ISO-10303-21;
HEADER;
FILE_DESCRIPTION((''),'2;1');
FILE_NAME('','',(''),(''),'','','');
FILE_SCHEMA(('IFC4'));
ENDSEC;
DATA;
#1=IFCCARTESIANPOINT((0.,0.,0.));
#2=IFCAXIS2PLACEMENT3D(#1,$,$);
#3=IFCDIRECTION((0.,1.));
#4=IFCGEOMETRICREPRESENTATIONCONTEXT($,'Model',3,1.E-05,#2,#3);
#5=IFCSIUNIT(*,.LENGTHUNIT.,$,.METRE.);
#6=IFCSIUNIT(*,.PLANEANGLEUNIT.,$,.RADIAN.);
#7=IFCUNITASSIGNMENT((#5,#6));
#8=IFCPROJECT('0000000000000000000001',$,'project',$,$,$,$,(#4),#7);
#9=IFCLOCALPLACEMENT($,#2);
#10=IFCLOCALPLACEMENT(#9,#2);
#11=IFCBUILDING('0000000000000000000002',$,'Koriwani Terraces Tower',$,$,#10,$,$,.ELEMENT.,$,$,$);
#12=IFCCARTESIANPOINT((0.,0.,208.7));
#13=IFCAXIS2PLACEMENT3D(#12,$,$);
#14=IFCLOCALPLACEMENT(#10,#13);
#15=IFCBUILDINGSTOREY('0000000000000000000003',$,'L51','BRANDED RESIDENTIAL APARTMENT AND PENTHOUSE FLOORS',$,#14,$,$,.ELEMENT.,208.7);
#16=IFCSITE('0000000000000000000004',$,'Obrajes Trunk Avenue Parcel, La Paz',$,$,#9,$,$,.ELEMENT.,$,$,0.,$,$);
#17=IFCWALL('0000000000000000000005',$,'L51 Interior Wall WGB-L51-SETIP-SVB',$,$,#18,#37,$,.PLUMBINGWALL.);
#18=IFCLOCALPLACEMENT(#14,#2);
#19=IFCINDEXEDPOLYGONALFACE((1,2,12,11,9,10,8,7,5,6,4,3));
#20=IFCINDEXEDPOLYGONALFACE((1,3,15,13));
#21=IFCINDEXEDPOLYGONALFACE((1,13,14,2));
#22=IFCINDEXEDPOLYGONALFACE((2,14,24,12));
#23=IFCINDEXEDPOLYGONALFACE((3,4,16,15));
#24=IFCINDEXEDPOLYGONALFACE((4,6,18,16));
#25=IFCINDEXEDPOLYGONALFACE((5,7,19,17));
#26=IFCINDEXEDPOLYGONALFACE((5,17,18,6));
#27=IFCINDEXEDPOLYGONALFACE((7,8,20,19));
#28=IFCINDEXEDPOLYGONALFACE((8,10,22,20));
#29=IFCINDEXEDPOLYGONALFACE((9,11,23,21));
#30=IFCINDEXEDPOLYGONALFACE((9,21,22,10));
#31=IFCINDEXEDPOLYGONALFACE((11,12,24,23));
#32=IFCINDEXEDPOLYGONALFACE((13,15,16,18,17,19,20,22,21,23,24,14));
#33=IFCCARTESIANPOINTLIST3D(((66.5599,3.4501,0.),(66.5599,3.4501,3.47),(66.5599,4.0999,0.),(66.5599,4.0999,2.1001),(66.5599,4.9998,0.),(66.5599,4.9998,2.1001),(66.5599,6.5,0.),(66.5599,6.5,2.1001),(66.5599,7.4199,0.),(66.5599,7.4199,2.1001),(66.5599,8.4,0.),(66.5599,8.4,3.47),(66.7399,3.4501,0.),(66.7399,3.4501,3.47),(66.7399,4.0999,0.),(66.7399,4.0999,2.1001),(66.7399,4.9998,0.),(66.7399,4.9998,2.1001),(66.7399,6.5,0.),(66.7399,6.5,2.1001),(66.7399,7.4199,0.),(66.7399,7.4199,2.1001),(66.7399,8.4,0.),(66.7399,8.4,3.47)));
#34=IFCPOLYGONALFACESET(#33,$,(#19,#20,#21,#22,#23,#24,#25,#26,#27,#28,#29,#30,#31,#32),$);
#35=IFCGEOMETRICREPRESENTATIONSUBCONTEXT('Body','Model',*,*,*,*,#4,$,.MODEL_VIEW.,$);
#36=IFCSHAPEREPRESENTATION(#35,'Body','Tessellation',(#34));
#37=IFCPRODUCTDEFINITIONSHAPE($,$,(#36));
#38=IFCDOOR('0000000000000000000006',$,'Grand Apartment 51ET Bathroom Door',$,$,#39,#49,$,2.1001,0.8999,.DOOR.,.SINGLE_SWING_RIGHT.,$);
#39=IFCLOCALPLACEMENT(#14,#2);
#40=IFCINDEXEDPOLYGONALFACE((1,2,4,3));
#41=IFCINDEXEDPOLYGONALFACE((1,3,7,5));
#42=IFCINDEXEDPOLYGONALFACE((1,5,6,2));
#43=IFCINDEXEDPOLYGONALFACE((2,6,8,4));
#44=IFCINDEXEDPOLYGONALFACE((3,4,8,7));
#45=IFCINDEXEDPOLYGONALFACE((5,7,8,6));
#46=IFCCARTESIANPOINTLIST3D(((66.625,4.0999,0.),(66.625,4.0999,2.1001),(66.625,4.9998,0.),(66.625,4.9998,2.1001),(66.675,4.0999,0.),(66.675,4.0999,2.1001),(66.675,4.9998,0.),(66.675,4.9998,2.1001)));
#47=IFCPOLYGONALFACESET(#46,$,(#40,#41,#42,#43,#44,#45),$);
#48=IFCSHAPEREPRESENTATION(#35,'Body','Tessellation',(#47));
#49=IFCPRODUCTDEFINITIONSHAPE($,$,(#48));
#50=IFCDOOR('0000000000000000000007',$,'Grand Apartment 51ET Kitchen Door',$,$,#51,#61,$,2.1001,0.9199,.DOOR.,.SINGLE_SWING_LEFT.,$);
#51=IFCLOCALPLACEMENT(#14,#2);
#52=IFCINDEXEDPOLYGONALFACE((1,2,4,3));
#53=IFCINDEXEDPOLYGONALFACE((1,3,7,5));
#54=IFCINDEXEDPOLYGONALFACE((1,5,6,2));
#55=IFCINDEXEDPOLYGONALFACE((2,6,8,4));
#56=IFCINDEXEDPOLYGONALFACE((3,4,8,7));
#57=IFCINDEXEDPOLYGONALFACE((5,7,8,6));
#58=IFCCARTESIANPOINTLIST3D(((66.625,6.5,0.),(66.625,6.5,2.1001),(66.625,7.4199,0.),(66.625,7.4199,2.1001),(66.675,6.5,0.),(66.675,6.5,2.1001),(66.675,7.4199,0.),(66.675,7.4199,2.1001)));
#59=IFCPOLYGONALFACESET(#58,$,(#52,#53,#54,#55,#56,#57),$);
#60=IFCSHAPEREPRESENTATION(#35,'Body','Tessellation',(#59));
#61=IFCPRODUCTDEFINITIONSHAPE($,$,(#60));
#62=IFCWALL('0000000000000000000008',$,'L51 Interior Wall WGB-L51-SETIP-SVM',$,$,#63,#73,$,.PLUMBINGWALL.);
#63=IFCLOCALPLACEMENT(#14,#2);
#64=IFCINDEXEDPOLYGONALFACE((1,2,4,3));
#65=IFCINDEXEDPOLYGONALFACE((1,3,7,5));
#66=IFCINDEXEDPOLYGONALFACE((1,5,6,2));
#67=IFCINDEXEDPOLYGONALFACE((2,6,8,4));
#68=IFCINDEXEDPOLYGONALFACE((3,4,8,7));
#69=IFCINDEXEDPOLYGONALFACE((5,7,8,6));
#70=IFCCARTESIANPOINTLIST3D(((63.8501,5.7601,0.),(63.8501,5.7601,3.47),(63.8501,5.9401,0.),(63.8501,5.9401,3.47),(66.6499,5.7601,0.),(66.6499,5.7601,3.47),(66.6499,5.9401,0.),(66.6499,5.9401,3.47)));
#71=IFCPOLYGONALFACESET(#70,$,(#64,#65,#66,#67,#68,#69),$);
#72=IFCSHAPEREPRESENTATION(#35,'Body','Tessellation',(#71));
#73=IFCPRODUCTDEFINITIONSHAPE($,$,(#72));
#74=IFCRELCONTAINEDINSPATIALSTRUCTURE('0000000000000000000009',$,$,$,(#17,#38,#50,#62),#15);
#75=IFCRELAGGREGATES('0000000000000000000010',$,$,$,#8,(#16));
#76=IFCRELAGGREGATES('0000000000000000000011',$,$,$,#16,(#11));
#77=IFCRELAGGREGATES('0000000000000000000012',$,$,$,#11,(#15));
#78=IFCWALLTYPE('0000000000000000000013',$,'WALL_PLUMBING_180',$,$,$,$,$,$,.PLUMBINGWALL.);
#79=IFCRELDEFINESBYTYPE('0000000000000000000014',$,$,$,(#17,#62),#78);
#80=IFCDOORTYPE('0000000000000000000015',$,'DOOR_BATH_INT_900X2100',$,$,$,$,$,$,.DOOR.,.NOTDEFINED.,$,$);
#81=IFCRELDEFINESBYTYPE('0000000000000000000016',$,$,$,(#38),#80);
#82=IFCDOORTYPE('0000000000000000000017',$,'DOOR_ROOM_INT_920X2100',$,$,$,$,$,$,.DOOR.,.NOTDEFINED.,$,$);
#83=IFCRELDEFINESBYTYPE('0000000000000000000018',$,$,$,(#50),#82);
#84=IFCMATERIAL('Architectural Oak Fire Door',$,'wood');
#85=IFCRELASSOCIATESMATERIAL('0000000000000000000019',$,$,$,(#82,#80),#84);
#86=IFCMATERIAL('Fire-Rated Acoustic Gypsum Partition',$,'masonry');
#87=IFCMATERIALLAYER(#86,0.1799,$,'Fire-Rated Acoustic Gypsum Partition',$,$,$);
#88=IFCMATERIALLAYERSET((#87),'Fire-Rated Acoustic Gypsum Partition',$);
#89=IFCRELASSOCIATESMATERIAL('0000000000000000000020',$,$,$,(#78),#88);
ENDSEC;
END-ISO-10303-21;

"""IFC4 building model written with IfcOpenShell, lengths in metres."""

from ifc_helpers import new_model, si_unit, direction, frame, frame_2d, origin, place, context, subcontext, project, spatial, rectangle, extrude, material, layer, layer_set, type_object, element, fill, save


model = new_model("IFC4")

# Units and contexts
model_context = context("Model", 3, precision=1e-05, world=origin(), true_north=direction((0.0, 1.0)))
body_context = subcontext(model_context, "Body", "Model", "MODEL_VIEW")
ifc_project = project(units=[si_unit("LENGTHUNIT", "METRE"), si_unit("PLANEANGLEUNIT", "RADIAN")], contexts=[model_context])

# Site, building, storey
site_placement = place(None, origin())
site = spatial("IfcSite", under=ifc_project, at=site_placement, Name="Obrajes Trunk Avenue Parcel, La Paz", CompositionType="ELEMENT", RefElevation=0.0)
building_placement = place(site_placement, origin())
building = spatial("IfcBuilding", under=site, at=building_placement, Name="Koriwani Terraces Tower", CompositionType="ELEMENT")
storey_placement = place(building_placement, frame((0.0, 0.0, 208.7)))
storey = spatial("IfcBuildingStorey", under=building, at=storey_placement, Name="L51", Description="BRANDED RESIDENTIAL APARTMENT AND PENTHOUSE FLOORS", CompositionType="ELEMENT", Elevation=208.7)

# Shared definitions
ifc_material_1 = material(Name="Architectural Oak Fire Door", Category="wood")

# Shared definitions
ifc_material_2 = material(Name="Fire-Rated Acoustic Gypsum Partition", Category="masonry")
door_type_1 = type_object("IfcDoorType", Name="DOOR_ROOM_INT_920X2100", OperationType="NOTDEFINED", PredefinedType="DOOR", material=ifc_material_1)

# Wall, openings, doors
ifc_layer_1 = layer(ifc_material_2, 0.1799, Name="Fire-Rated Acoustic Gypsum Partition")
ifc_layer_set_1 = layer_set([ifc_layer_1], Name="Fire-Rated Acoustic Gypsum Partition")
wall_type_1 = type_object("IfcWallType", Name="WALL_PLUMBING_180", PredefinedType="PLUMBINGWALL", material=ifc_layer_set_1)
wall_1_placement = place(storey_placement, frame((66.6499, 3.45, 0.0), z_axis=(0.0, 0.0, 1.0), x_axis=(0.0, 1.0, 0.0)))
wall_1 = element("IfcWall", 1, at=wall_1_placement, inside=storey, type_object=wall_type_1, Name="L51 Interior Wall WGB-L51-SETIP-SVB", PredefinedType="PLUMBINGWALL", context=body_context, shape_type="SweptSolid", body=[
    extrude(rectangle(XDim=4.95, YDim=0.1799, at=frame_2d((2.4751, 0.0))), origin(), (0.0, 0.0, 1.0), 3.47),
])
opening_1_placement = place(wall_1_placement, frame((0.6499, 0.0, 0.0)))
opening_1 = element("IfcOpeningElement", 2, at=opening_1_placement, cuts=wall_1, PredefinedType="OPENING", context=body_context, shape_type="SweptSolid", body=[
    extrude(rectangle(XDim=0.8999, YDim=2.1001, at=frame_2d((0.45, 1.05))), frame((0.0, 0.1001, 0.0), z_axis=(0.0, -1.0, 0.0), x_axis=(1.0, 0.0, 0.0)), (0.0, 0.0, 1.0), 0.2),
])
opening_2_placement = place(wall_1_placement, frame((3.05, 0.0, 0.0)))
opening_2 = element("IfcOpeningElement", 3, at=opening_2_placement, cuts=wall_1, PredefinedType="OPENING", context=body_context, shape_type="SweptSolid", body=[
    extrude(rectangle(XDim=0.9199, YDim=2.1001, at=frame_2d((0.46, 1.05))), frame((0.0, 0.1001, 0.0), z_axis=(0.0, -1.0, 0.0), x_axis=(1.0, 0.0, 0.0)), (0.0, 0.0, 1.0), 0.2),
])
door_type_2 = type_object("IfcDoorType", Name="DOOR_BATH_INT_900X2100", OperationType="NOTDEFINED", PredefinedType="DOOR", material=ifc_material_1)
door_1_placement = place(opening_1_placement, origin())
door_1 = element("IfcDoor", 4, at=door_1_placement, inside=storey, type_object=door_type_2, Name="Grand Apartment 51ET Bathroom Door", OperationType="SINGLE_SWING_RIGHT", OverallHeight=2.1001, OverallWidth=0.8999, PredefinedType="DOOR", context=body_context, shape_type="SweptSolid", body=[
    extrude(rectangle(XDim=0.8999, YDim=2.1001, at=frame_2d((0.45, 1.05))), frame((0.0, 0.0249, 0.0), z_axis=(0.0, -1.0, 0.0), x_axis=(1.0, 0.0, 0.0)), (0.0, 0.0, 1.0), 0.05),
])
fill(opening_1, door_1)
door_2_placement = place(opening_2_placement, origin())
door_2 = element("IfcDoor", 5, at=door_2_placement, inside=storey, type_object=door_type_1, Name="Grand Apartment 51ET Kitchen Door", OperationType="SINGLE_SWING_LEFT", OverallHeight=2.1001, OverallWidth=0.9199, PredefinedType="DOOR", context=body_context, shape_type="SweptSolid", body=[
    extrude(rectangle(XDim=0.9199, YDim=2.1001, at=frame_2d((0.46, 1.05))), frame((0.0, 0.0249, 0.0), z_axis=(0.0, -1.0, 0.0), x_axis=(1.0, 0.0, 0.0)), (0.0, 0.0, 1.0), 0.05),
])
fill(opening_2, door_2)

# Wall
wall_2_placement = place(storey_placement, frame((63.8501, 5.8501, 0.0), z_axis=(0.0, 0.0, 1.0), x_axis=(1.0, 0.0, 0.0)))
element("IfcWall", 6, at=wall_2_placement, inside=storey, type_object=wall_type_1, Name="L51 Interior Wall WGB-L51-SETIP-SVM", PredefinedType="PLUMBINGWALL", context=body_context, shape_type="SweptSolid", body=[
    extrude(rectangle(XDim=2.7998, YDim=0.1799, at=frame_2d((1.3999, 0.0))), origin(), (0.0, 0.0, 1.0), 3.47),
])

save(model, "model.ifc")
